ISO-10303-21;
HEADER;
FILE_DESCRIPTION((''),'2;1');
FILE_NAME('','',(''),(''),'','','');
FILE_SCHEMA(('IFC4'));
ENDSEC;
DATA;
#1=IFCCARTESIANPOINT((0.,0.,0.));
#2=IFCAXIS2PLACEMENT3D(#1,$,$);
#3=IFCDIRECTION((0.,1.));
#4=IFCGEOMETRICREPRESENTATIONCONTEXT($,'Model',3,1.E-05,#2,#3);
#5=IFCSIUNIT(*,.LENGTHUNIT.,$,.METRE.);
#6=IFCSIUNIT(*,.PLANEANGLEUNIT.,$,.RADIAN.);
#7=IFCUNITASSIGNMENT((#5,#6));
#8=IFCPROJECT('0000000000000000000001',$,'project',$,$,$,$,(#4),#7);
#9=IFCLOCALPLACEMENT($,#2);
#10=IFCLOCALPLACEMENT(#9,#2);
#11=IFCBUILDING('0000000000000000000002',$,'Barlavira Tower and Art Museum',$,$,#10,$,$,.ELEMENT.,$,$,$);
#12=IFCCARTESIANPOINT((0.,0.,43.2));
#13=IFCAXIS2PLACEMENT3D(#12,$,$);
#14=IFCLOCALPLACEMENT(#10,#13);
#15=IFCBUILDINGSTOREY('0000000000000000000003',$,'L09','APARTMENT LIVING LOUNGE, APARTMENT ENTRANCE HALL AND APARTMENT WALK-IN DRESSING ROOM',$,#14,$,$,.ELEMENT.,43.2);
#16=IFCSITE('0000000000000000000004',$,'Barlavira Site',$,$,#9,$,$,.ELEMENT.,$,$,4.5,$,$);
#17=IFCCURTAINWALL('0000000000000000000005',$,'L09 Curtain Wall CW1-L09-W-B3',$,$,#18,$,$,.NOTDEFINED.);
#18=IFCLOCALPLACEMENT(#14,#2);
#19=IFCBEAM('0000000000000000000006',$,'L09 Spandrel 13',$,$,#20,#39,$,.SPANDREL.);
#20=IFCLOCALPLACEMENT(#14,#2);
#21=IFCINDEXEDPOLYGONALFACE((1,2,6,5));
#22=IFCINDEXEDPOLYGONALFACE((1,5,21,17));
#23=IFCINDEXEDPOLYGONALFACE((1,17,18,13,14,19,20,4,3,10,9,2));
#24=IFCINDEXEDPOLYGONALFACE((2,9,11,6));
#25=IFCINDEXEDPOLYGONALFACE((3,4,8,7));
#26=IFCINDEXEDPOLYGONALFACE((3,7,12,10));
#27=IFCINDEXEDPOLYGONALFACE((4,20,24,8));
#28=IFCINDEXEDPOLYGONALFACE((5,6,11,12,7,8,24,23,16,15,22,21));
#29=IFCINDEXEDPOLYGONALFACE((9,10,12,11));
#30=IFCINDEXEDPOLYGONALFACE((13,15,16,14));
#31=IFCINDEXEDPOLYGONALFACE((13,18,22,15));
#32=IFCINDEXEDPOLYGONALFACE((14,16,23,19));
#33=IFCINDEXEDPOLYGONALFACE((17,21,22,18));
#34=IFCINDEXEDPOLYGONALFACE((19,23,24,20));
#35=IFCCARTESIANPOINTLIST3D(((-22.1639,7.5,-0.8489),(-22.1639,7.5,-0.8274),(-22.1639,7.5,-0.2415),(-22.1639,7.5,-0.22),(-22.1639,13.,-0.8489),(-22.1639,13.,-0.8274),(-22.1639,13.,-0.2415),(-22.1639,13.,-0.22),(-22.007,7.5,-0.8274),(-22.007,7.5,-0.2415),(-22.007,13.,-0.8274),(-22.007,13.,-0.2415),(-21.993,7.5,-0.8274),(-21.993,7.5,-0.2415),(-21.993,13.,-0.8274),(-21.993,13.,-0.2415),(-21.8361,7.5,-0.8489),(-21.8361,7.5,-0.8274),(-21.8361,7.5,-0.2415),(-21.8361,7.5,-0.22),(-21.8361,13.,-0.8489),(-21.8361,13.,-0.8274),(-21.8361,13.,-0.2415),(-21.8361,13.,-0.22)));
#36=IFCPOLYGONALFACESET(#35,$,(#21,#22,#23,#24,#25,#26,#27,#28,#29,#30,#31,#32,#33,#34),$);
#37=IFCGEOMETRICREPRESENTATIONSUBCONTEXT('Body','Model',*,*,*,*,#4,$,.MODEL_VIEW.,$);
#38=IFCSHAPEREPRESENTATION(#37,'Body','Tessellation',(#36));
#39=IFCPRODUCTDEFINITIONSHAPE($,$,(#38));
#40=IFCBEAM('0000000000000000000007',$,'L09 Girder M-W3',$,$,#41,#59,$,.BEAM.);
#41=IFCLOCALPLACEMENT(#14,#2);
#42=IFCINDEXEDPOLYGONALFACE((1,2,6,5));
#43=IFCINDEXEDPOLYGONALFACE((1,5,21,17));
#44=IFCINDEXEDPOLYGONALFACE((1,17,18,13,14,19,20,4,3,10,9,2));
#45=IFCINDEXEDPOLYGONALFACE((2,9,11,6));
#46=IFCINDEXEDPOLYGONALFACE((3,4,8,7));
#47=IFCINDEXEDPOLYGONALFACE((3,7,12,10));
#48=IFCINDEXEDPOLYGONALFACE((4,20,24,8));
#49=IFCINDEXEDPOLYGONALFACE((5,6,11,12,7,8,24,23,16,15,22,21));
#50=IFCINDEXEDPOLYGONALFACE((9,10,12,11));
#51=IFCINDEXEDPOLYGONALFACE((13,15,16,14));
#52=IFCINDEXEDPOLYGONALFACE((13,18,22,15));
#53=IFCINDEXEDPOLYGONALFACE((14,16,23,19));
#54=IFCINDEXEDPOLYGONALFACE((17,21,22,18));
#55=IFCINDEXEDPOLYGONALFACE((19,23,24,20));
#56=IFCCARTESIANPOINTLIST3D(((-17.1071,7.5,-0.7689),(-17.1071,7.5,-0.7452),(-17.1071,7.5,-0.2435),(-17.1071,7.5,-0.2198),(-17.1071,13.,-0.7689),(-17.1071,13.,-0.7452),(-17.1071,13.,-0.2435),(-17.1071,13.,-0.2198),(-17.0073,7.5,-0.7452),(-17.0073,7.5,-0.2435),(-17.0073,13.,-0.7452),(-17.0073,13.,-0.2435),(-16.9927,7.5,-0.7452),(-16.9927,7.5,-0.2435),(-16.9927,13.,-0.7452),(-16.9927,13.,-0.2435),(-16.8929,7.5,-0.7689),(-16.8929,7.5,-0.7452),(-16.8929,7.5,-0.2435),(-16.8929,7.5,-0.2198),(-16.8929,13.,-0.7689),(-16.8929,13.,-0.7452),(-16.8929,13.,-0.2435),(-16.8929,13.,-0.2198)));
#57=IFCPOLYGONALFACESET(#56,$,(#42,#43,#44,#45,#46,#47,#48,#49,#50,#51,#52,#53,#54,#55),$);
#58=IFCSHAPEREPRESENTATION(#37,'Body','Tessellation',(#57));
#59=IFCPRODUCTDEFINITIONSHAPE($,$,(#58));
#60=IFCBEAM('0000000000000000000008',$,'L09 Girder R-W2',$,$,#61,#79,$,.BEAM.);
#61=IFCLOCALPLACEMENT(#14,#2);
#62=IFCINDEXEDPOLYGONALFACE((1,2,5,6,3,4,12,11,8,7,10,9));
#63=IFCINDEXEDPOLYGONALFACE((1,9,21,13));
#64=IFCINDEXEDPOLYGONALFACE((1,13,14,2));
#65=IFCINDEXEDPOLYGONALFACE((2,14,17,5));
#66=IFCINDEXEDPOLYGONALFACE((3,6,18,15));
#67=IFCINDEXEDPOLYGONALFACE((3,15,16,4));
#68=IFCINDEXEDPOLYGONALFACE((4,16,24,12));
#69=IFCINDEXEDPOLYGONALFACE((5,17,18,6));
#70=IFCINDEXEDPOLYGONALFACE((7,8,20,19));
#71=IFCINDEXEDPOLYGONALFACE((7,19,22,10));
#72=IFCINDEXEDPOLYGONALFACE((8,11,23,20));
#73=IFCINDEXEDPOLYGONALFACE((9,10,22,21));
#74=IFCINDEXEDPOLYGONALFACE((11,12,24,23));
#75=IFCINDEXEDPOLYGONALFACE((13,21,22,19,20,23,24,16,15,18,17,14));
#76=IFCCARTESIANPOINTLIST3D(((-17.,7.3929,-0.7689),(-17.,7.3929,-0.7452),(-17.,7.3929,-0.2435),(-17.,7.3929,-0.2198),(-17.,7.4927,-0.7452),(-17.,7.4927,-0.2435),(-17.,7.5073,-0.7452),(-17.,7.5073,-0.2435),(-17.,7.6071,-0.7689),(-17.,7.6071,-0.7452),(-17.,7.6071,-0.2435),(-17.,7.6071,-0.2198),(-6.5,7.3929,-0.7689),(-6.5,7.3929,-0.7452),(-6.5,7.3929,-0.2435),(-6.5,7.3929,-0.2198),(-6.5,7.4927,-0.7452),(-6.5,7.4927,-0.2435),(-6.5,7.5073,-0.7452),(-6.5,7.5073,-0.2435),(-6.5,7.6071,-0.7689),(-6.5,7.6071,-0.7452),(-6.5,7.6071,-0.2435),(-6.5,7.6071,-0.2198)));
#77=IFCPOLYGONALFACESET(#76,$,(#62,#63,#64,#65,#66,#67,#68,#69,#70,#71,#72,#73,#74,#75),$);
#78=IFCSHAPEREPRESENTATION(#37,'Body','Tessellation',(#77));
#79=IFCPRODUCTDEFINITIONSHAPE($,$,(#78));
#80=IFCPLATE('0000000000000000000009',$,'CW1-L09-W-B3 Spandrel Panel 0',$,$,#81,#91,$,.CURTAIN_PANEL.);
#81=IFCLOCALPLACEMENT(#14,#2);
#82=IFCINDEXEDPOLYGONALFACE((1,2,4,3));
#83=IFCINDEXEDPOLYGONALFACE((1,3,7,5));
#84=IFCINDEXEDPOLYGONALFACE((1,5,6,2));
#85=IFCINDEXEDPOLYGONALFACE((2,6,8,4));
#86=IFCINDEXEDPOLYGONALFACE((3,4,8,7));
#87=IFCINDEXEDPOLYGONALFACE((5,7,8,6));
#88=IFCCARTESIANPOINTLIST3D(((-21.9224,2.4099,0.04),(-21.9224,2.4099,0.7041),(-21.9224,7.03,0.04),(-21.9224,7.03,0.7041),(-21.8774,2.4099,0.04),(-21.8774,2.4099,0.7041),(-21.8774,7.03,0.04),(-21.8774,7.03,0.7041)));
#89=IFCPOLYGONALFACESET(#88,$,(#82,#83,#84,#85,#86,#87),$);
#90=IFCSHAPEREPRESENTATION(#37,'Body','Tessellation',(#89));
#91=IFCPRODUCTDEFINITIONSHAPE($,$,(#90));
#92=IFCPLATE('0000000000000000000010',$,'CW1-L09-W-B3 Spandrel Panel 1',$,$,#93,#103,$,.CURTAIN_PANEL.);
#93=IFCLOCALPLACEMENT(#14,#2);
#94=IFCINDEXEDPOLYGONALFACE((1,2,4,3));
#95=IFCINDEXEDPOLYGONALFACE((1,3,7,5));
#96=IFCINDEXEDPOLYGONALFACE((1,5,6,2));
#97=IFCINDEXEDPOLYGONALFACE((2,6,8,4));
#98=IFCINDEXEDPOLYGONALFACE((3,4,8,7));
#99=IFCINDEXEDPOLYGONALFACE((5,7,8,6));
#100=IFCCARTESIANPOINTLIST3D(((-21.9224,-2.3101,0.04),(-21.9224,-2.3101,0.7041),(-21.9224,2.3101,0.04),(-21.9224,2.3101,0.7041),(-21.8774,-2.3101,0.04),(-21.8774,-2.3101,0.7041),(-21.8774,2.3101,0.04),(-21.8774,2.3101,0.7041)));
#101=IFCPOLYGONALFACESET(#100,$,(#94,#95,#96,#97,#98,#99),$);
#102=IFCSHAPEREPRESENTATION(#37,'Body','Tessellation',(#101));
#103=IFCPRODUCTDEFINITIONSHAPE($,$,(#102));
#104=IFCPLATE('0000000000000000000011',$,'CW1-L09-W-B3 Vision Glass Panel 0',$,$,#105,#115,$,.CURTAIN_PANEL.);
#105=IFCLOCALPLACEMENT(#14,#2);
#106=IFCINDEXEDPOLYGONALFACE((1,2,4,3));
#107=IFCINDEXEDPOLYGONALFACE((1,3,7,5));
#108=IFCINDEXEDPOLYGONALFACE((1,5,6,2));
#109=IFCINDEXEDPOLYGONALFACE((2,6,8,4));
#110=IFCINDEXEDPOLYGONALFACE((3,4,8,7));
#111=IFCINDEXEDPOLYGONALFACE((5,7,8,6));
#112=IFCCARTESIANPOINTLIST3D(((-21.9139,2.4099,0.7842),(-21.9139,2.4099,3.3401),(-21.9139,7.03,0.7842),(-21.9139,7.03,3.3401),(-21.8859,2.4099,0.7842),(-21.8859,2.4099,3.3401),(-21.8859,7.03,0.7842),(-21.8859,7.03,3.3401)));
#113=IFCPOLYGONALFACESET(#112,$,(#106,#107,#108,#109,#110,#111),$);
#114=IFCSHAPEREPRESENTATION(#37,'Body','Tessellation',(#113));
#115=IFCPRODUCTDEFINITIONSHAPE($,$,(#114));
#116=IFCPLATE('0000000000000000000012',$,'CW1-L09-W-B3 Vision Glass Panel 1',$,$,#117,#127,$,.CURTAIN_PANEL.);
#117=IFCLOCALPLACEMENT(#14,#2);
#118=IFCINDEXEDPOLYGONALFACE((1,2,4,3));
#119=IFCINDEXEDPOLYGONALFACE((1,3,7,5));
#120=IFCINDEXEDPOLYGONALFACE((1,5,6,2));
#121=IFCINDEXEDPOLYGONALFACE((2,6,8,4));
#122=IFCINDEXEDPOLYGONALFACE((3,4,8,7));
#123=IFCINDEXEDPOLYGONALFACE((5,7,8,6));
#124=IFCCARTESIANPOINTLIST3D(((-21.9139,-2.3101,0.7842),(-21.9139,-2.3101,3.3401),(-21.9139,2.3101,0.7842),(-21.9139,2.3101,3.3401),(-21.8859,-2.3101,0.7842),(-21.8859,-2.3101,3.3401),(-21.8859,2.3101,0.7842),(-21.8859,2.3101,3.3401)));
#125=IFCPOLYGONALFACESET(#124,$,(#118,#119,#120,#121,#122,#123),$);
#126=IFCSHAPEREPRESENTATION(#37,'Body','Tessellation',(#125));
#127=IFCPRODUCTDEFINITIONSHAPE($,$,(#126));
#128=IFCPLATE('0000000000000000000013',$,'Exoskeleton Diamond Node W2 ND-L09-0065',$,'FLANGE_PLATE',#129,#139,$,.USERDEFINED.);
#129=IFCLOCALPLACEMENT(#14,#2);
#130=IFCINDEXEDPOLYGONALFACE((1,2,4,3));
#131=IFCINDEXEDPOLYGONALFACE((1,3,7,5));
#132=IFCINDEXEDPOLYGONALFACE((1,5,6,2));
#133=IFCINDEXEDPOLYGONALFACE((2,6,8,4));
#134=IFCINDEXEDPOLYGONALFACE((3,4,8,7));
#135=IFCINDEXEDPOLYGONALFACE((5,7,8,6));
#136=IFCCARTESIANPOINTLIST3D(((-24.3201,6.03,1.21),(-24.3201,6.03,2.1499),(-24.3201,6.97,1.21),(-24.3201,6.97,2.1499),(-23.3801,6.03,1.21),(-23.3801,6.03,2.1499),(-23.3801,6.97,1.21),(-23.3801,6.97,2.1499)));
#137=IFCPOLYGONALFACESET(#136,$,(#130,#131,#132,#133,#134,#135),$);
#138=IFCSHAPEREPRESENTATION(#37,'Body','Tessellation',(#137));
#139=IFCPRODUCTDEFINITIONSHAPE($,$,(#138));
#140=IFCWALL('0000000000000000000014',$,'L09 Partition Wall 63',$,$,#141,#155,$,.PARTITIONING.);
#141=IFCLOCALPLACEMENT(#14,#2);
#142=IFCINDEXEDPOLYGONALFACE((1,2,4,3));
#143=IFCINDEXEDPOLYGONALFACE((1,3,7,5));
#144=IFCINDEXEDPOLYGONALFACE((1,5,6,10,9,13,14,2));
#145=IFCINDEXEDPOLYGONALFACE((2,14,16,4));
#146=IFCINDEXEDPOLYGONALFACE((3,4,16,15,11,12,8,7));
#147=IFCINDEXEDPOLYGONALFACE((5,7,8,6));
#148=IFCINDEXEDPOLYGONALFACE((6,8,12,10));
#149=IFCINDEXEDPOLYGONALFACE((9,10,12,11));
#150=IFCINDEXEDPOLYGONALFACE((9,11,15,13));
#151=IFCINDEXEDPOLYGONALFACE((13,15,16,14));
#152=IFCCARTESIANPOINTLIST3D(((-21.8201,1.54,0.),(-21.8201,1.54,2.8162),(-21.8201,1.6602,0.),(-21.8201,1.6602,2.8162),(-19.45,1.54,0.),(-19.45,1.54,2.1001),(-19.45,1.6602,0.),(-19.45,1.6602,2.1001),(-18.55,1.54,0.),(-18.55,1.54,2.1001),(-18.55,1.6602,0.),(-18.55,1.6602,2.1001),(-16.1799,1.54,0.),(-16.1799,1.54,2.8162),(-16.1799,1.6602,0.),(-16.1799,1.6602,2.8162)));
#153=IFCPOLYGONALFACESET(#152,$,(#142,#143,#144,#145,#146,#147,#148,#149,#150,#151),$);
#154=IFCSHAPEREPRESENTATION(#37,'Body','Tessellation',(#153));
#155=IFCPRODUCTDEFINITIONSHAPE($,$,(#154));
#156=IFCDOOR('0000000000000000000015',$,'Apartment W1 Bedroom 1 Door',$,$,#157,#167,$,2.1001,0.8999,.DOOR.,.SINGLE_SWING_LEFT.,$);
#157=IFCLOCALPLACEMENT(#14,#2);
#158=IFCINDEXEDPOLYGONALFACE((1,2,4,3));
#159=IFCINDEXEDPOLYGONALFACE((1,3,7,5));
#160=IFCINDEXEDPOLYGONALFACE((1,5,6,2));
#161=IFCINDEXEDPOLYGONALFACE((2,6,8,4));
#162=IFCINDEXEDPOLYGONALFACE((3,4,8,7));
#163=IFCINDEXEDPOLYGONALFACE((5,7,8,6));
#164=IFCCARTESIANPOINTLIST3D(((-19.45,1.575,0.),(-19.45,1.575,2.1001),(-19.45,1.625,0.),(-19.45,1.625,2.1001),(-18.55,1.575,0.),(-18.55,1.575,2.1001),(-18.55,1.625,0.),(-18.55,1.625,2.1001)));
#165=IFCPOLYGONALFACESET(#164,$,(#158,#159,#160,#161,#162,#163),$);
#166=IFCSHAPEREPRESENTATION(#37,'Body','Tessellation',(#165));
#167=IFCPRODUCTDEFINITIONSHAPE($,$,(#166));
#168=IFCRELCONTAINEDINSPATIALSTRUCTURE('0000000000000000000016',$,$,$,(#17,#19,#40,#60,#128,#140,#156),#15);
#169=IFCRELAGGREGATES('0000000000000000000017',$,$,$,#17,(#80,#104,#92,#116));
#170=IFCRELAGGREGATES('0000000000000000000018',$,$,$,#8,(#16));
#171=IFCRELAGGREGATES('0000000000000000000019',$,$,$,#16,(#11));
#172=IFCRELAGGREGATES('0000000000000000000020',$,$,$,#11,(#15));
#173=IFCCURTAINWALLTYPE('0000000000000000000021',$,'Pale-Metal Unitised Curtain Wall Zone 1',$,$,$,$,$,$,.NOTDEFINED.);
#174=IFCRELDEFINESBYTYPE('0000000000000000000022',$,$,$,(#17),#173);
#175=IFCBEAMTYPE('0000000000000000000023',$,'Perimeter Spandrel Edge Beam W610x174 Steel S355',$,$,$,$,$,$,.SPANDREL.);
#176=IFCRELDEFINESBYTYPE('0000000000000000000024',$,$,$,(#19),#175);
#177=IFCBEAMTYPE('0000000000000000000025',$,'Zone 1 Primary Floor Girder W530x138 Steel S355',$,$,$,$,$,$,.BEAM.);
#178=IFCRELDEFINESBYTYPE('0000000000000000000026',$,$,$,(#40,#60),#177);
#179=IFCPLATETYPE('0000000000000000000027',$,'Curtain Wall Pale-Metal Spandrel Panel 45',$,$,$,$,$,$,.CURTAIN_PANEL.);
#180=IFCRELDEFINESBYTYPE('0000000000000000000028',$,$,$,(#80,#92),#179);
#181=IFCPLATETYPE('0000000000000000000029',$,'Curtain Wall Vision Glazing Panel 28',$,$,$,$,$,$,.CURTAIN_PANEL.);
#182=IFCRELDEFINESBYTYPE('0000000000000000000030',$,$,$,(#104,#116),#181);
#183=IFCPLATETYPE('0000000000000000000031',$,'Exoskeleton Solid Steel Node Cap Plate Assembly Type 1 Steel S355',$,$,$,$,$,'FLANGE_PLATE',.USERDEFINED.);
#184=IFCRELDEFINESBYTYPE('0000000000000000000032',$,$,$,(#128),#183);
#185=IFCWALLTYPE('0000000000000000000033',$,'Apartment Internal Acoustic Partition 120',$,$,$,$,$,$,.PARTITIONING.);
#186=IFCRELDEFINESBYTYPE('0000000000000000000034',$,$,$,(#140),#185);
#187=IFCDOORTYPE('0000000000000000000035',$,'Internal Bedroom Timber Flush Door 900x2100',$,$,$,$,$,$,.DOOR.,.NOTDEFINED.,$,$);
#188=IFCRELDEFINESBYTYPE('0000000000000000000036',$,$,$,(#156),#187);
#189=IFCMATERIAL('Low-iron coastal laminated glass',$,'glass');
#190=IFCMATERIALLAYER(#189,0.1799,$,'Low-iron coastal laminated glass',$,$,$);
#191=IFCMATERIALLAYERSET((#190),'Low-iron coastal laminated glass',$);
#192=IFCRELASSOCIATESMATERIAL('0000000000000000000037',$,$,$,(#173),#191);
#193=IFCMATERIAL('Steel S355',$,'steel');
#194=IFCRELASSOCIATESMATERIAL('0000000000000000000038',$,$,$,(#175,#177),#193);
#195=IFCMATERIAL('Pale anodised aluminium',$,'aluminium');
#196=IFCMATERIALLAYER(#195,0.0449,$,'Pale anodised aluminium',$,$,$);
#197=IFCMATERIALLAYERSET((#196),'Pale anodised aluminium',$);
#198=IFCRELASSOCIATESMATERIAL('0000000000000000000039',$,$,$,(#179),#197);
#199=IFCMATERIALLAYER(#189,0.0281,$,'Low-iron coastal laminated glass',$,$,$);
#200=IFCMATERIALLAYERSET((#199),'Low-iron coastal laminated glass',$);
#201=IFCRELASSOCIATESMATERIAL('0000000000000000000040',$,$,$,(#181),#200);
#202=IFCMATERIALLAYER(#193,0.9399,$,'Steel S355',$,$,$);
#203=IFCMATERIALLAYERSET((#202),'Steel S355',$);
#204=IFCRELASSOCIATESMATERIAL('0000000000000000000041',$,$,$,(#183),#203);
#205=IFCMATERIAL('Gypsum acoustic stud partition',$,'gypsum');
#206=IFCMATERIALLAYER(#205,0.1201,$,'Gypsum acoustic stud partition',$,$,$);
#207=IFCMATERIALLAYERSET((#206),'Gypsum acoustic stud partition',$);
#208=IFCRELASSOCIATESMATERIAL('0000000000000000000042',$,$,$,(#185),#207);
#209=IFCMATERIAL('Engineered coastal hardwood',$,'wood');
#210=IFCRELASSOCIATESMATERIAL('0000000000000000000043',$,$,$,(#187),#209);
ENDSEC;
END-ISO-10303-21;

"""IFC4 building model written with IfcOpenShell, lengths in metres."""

from ifc_helpers import new_model, si_unit, direction, frame, frame_2d, origin, origin_2d, place, context, subcontext, project, spatial, rectangle, i_section, extrude, material, layer, layer_set, material_profile, profile_set, type_object, element, fill, aggregate, save


model = new_model("IFC4")

# Units and contexts
model_context = context("Model", 3, precision=1e-05, world=origin(), true_north=direction((0.0, 1.0)))
body_context = subcontext(model_context, "Body", "Model", "MODEL_VIEW")
ifc_project = project(units=[si_unit("LENGTHUNIT", "METRE"), si_unit("PLANEANGLEUNIT", "RADIAN")], contexts=[model_context])

# Site, building, storey
site_placement = place(None, origin())
site = spatial("IfcSite", under=ifc_project, at=site_placement, Name="Barlavira Site", CompositionType="ELEMENT", RefElevation=4.5)
building_placement = place(site_placement, origin())
building = spatial("IfcBuilding", under=site, at=building_placement, Name="Barlavira Tower and Art Museum", CompositionType="ELEMENT")
storey_placement = place(building_placement, frame((0.0, 0.0, 43.2)))
storey = spatial("IfcBuildingStorey", under=building, at=storey_placement, Name="L09", Description="APARTMENT LIVING LOUNGE, APARTMENT ENTRANCE HALL AND APARTMENT WALK-IN DRESSING ROOM", CompositionType="ELEMENT", Elevation=43.2)

# Curtain wall
ifc_material_1 = material(Name="Low-iron coastal laminated glass", Category="glass")
ifc_layer_1 = layer(ifc_material_1, 0.1799, Name="Low-iron coastal laminated glass")
ifc_layer_set_1 = layer_set([ifc_layer_1], Name="Low-iron coastal laminated glass")
curtain_wall_type = type_object("IfcCurtainWallType", Name="Pale-Metal Unitised Curtain Wall Zone 1", PredefinedType="NOTDEFINED", material=ifc_layer_set_1)
curtain_wall_placement = place(storey_placement, origin())
curtain_wall = element("IfcCurtainWall", 1, at=curtain_wall_placement, inside=storey, type_object=curtain_wall_type, Name="L09 Curtain Wall CW1-L09-W-B3", PredefinedType="NOTDEFINED")
ifc_material_2 = material(Name="Pale anodised aluminium", Category="aluminium")

# Beams
ifc_material_3 = material(Name="Steel S355", Category="steel")
ifc_material_profile_1 = material_profile(ifc_material_3, i_section(OverallWidth=0.3279, OverallDepth=0.6289, WebThickness=0.0139, FlangeThickness=0.0215, at=origin_2d()), Name="W610x174.0")
ifc_profile_set_1 = profile_set([ifc_material_profile_1], Name="Steel S355")
beam_type_1 = type_object("IfcBeamType", Name="Perimeter Spandrel Edge Beam W610x174 Steel S355", PredefinedType="SPANDREL", material=ifc_profile_set_1)
beam_1_placement = place(storey_placement, frame((-22.0, 7.5, -0.5344), z_axis=(0.0, 1.0, 0.0), x_axis=(-1.0, 0.0, 0.0)))
element("IfcBeam", 2, at=beam_1_placement, inside=storey, type_object=beam_type_1, Name="L09 Spandrel 13", PredefinedType="SPANDREL", context=body_context, shape_type="SweptSolid", body=[
    extrude(i_section(OverallWidth=0.3279, OverallDepth=0.6289, WebThickness=0.0139, FlangeThickness=0.0215, at=origin_2d()), origin(), (0.0, 0.0, 1.0), 5.5),
])
ifc_material_profile_2 = material_profile(ifc_material_3, i_section(OverallWidth=0.2141, OverallDepth=0.5491, WebThickness=0.0146, FlangeThickness=0.0237, at=origin_2d()), Name="W530x138.0")
ifc_profile_set_2 = profile_set([ifc_material_profile_2], Name="Steel S355")
beam_type_2 = type_object("IfcBeamType", Name="Zone 1 Primary Floor Girder W530x138 Steel S355", PredefinedType="BEAM", material=ifc_profile_set_2)
beam_2_placement = place(storey_placement, frame((-17.0, 7.5, -0.4944), z_axis=(0.0, 1.0, 0.0), x_axis=(-1.0, 0.0, 0.0)))
element("IfcBeam", 3, at=beam_2_placement, inside=storey, type_object=beam_type_2, Name="L09 Girder M-W3", PredefinedType="BEAM", context=body_context, shape_type="SweptSolid", body=[
    extrude(i_section(OverallWidth=0.2141, OverallDepth=0.5491, WebThickness=0.0146, FlangeThickness=0.0237, at=origin_2d()), origin(), (0.0, 0.0, 1.0), 5.5),
])
beam_3_placement = place(storey_placement, frame((-17.0, 7.5, -0.4944), z_axis=(1.0, 0.0, 0.0), x_axis=(0.0, 1.0, 0.0)))
element("IfcBeam", 4, at=beam_3_placement, inside=storey, type_object=beam_type_2, Name="L09 Girder R-W2", PredefinedType="BEAM", context=body_context, shape_type="SweptSolid", body=[
    extrude(i_section(OverallWidth=0.2141, OverallDepth=0.5491, WebThickness=0.0146, FlangeThickness=0.0237, at=origin_2d()), origin(), (0.0, 0.0, 1.0), 10.5),
])

# Plates
ifc_layer_2 = layer(ifc_material_2, 0.0449, Name="Pale anodised aluminium")
ifc_layer_set_2 = layer_set([ifc_layer_2], Name="Pale anodised aluminium")
plate_type_1 = type_object("IfcPlateType", Name="Curtain Wall Pale-Metal Spandrel Panel 45", PredefinedType="CURTAIN_PANEL", material=ifc_layer_set_2)
plate_1_placement = place(storey_placement, frame((-21.8999, 4.72, 0.04), z_axis=(0.0, 0.0, 1.0), x_axis=(0.0, -1.0, 0.0)))
plate_1 = element("IfcPlate", 5, at=plate_1_placement, type_object=plate_type_1, Name="CW1-L09-W-B3 Spandrel Panel 0", PredefinedType="CURTAIN_PANEL", context=body_context, shape_type="SweptSolid", body=[
    extrude(rectangle(XDim=4.6201, YDim=0.0449, at=origin_2d()), origin(), (0.0, 0.0, 1.0), 0.6641),
])
plate_2_placement = place(storey_placement, frame((-21.8999, 0.0, 0.04), z_axis=(0.0, 0.0, 1.0), x_axis=(0.0, -1.0, 0.0)))
plate_2 = element("IfcPlate", 6, at=plate_2_placement, type_object=plate_type_1, Name="CW1-L09-W-B3 Spandrel Panel 1", PredefinedType="CURTAIN_PANEL", context=body_context, shape_type="SweptSolid", body=[
    extrude(rectangle(XDim=4.6201, YDim=0.0449, at=origin_2d()), origin(), (0.0, 0.0, 1.0), 0.6641),
])
ifc_layer_3 = layer(ifc_material_1, 0.0281, Name="Low-iron coastal laminated glass")
ifc_layer_set_3 = layer_set([ifc_layer_3], Name="Low-iron coastal laminated glass")
plate_type_2 = type_object("IfcPlateType", Name="Curtain Wall Vision Glazing Panel 28", PredefinedType="CURTAIN_PANEL", material=ifc_layer_set_3)
plate_3_placement = place(storey_placement, frame((-21.8999, 4.72, 0.7842), z_axis=(0.0, 0.0, 1.0), x_axis=(0.0, -1.0, 0.0)))
plate_3 = element("IfcPlate", 7, at=plate_3_placement, type_object=plate_type_2, Name="CW1-L09-W-B3 Vision Glass Panel 0", PredefinedType="CURTAIN_PANEL", context=body_context, shape_type="SweptSolid", body=[
    extrude(rectangle(XDim=4.6201, YDim=0.0281, at=origin_2d()), origin(), (0.0, 0.0, 1.0), 2.5559),
])
plate_4_placement = place(storey_placement, frame((-21.8999, 0.0, 0.7842), z_axis=(0.0, 0.0, 1.0), x_axis=(0.0, -1.0, 0.0)))
plate_4 = element("IfcPlate", 8, at=plate_4_placement, type_object=plate_type_2, Name="CW1-L09-W-B3 Vision Glass Panel 1", PredefinedType="CURTAIN_PANEL", context=body_context, shape_type="SweptSolid", body=[
    extrude(rectangle(XDim=4.6201, YDim=0.0281, at=origin_2d()), origin(), (0.0, 0.0, 1.0), 2.5559),
])
aggregate(curtain_wall, [plate_1, plate_3, plate_2, plate_4])
ifc_layer_4 = layer(ifc_material_3, 0.9399, Name="Steel S355")
ifc_layer_set_4 = layer_set([ifc_layer_4], Name="Steel S355")
plate_type_3 = type_object("IfcPlateType", Name="Exoskeleton Solid Steel Node Cap Plate Assembly Type 1 Steel S355", ElementType="FLANGE_PLATE", PredefinedType="USERDEFINED", material=ifc_layer_set_4)
plate_5_placement = place(storey_placement, frame((-23.8501, 6.5, 1.21), z_axis=(0.0, 0.0, 1.0), x_axis=(1.0, 0.0, 0.0)))
element("IfcPlate", 9, at=plate_5_placement, inside=storey, type_object=plate_type_3, Name="Exoskeleton Diamond Node W2 ND-L09-0065", ObjectType="FLANGE_PLATE", PredefinedType="USERDEFINED", context=body_context, shape_type="SweptSolid", body=[
    extrude(rectangle(XDim=0.9399, YDim=0.9399, at=origin_2d()), origin(), (0.0, 0.0, 1.0), 0.9399),
])

# Wall, opening, door
ifc_material_4 = material(Name="Gypsum acoustic stud partition", Category="gypsum")
ifc_layer_5 = layer(ifc_material_4, 0.1201, Name="Gypsum acoustic stud partition")
ifc_layer_set_5 = layer_set([ifc_layer_5], Name="Gypsum acoustic stud partition")
wall_type_1 = type_object("IfcWallType", Name="Apartment Internal Acoustic Partition 120", PredefinedType="PARTITIONING", material=ifc_layer_set_5)
wall_1_placement = place(storey_placement, frame((-21.8201, 1.6001, 0.0), z_axis=(0.0, 0.0, 1.0), x_axis=(1.0, 0.0, 0.0)))
wall_1 = element("IfcWall", 10, at=wall_1_placement, inside=storey, type_object=wall_type_1, Name="L09 Partition Wall 63", PredefinedType="PARTITIONING", context=body_context, shape_type="SweptSolid", body=[
    extrude(rectangle(XDim=5.6401, YDim=0.1201, at=frame_2d((2.8201, 0.0))), origin(), (0.0, 0.0, 1.0), 2.8162),
])
opening_1_placement = place(wall_1_placement, frame((2.3701, 0.0, 0.0)))
opening_1 = element("IfcOpeningElement", 11, at=opening_1_placement, cuts=wall_1, PredefinedType="OPENING", context=body_context, shape_type="SweptSolid", body=[
    extrude(rectangle(XDim=0.8999, YDim=2.1001, at=frame_2d((0.45, 1.05))), frame((0.0, 0.0701, 0.0), z_axis=(0.0, -1.0, 0.0), x_axis=(1.0, 0.0, 0.0)), (0.0, 0.0, 1.0), 0.1401),
])
ifc_material_5 = material(Name="Engineered coastal hardwood", Category="wood")
door_type = type_object("IfcDoorType", Name="Internal Bedroom Timber Flush Door 900x2100", OperationType="NOTDEFINED", PredefinedType="DOOR", material=ifc_material_5)
door_1_placement = place(opening_1_placement, origin())
door_1 = element("IfcDoor", 12, at=door_1_placement, inside=storey, type_object=door_type, Name="Apartment W1 Bedroom 1 Door", OperationType="SINGLE_SWING_LEFT", OverallHeight=2.1001, OverallWidth=0.8999, PredefinedType="DOOR", context=body_context, shape_type="SweptSolid", body=[
    extrude(rectangle(XDim=0.8999, YDim=2.1001, at=frame_2d((0.45, 1.05))), frame((0.0, 0.0249, 0.0), z_axis=(0.0, -1.0, 0.0), x_axis=(1.0, 0.0, 0.0)), (0.0, 0.0, 1.0), 0.05),
])
fill(opening_1, door_1)

save(model, "model.ifc")
